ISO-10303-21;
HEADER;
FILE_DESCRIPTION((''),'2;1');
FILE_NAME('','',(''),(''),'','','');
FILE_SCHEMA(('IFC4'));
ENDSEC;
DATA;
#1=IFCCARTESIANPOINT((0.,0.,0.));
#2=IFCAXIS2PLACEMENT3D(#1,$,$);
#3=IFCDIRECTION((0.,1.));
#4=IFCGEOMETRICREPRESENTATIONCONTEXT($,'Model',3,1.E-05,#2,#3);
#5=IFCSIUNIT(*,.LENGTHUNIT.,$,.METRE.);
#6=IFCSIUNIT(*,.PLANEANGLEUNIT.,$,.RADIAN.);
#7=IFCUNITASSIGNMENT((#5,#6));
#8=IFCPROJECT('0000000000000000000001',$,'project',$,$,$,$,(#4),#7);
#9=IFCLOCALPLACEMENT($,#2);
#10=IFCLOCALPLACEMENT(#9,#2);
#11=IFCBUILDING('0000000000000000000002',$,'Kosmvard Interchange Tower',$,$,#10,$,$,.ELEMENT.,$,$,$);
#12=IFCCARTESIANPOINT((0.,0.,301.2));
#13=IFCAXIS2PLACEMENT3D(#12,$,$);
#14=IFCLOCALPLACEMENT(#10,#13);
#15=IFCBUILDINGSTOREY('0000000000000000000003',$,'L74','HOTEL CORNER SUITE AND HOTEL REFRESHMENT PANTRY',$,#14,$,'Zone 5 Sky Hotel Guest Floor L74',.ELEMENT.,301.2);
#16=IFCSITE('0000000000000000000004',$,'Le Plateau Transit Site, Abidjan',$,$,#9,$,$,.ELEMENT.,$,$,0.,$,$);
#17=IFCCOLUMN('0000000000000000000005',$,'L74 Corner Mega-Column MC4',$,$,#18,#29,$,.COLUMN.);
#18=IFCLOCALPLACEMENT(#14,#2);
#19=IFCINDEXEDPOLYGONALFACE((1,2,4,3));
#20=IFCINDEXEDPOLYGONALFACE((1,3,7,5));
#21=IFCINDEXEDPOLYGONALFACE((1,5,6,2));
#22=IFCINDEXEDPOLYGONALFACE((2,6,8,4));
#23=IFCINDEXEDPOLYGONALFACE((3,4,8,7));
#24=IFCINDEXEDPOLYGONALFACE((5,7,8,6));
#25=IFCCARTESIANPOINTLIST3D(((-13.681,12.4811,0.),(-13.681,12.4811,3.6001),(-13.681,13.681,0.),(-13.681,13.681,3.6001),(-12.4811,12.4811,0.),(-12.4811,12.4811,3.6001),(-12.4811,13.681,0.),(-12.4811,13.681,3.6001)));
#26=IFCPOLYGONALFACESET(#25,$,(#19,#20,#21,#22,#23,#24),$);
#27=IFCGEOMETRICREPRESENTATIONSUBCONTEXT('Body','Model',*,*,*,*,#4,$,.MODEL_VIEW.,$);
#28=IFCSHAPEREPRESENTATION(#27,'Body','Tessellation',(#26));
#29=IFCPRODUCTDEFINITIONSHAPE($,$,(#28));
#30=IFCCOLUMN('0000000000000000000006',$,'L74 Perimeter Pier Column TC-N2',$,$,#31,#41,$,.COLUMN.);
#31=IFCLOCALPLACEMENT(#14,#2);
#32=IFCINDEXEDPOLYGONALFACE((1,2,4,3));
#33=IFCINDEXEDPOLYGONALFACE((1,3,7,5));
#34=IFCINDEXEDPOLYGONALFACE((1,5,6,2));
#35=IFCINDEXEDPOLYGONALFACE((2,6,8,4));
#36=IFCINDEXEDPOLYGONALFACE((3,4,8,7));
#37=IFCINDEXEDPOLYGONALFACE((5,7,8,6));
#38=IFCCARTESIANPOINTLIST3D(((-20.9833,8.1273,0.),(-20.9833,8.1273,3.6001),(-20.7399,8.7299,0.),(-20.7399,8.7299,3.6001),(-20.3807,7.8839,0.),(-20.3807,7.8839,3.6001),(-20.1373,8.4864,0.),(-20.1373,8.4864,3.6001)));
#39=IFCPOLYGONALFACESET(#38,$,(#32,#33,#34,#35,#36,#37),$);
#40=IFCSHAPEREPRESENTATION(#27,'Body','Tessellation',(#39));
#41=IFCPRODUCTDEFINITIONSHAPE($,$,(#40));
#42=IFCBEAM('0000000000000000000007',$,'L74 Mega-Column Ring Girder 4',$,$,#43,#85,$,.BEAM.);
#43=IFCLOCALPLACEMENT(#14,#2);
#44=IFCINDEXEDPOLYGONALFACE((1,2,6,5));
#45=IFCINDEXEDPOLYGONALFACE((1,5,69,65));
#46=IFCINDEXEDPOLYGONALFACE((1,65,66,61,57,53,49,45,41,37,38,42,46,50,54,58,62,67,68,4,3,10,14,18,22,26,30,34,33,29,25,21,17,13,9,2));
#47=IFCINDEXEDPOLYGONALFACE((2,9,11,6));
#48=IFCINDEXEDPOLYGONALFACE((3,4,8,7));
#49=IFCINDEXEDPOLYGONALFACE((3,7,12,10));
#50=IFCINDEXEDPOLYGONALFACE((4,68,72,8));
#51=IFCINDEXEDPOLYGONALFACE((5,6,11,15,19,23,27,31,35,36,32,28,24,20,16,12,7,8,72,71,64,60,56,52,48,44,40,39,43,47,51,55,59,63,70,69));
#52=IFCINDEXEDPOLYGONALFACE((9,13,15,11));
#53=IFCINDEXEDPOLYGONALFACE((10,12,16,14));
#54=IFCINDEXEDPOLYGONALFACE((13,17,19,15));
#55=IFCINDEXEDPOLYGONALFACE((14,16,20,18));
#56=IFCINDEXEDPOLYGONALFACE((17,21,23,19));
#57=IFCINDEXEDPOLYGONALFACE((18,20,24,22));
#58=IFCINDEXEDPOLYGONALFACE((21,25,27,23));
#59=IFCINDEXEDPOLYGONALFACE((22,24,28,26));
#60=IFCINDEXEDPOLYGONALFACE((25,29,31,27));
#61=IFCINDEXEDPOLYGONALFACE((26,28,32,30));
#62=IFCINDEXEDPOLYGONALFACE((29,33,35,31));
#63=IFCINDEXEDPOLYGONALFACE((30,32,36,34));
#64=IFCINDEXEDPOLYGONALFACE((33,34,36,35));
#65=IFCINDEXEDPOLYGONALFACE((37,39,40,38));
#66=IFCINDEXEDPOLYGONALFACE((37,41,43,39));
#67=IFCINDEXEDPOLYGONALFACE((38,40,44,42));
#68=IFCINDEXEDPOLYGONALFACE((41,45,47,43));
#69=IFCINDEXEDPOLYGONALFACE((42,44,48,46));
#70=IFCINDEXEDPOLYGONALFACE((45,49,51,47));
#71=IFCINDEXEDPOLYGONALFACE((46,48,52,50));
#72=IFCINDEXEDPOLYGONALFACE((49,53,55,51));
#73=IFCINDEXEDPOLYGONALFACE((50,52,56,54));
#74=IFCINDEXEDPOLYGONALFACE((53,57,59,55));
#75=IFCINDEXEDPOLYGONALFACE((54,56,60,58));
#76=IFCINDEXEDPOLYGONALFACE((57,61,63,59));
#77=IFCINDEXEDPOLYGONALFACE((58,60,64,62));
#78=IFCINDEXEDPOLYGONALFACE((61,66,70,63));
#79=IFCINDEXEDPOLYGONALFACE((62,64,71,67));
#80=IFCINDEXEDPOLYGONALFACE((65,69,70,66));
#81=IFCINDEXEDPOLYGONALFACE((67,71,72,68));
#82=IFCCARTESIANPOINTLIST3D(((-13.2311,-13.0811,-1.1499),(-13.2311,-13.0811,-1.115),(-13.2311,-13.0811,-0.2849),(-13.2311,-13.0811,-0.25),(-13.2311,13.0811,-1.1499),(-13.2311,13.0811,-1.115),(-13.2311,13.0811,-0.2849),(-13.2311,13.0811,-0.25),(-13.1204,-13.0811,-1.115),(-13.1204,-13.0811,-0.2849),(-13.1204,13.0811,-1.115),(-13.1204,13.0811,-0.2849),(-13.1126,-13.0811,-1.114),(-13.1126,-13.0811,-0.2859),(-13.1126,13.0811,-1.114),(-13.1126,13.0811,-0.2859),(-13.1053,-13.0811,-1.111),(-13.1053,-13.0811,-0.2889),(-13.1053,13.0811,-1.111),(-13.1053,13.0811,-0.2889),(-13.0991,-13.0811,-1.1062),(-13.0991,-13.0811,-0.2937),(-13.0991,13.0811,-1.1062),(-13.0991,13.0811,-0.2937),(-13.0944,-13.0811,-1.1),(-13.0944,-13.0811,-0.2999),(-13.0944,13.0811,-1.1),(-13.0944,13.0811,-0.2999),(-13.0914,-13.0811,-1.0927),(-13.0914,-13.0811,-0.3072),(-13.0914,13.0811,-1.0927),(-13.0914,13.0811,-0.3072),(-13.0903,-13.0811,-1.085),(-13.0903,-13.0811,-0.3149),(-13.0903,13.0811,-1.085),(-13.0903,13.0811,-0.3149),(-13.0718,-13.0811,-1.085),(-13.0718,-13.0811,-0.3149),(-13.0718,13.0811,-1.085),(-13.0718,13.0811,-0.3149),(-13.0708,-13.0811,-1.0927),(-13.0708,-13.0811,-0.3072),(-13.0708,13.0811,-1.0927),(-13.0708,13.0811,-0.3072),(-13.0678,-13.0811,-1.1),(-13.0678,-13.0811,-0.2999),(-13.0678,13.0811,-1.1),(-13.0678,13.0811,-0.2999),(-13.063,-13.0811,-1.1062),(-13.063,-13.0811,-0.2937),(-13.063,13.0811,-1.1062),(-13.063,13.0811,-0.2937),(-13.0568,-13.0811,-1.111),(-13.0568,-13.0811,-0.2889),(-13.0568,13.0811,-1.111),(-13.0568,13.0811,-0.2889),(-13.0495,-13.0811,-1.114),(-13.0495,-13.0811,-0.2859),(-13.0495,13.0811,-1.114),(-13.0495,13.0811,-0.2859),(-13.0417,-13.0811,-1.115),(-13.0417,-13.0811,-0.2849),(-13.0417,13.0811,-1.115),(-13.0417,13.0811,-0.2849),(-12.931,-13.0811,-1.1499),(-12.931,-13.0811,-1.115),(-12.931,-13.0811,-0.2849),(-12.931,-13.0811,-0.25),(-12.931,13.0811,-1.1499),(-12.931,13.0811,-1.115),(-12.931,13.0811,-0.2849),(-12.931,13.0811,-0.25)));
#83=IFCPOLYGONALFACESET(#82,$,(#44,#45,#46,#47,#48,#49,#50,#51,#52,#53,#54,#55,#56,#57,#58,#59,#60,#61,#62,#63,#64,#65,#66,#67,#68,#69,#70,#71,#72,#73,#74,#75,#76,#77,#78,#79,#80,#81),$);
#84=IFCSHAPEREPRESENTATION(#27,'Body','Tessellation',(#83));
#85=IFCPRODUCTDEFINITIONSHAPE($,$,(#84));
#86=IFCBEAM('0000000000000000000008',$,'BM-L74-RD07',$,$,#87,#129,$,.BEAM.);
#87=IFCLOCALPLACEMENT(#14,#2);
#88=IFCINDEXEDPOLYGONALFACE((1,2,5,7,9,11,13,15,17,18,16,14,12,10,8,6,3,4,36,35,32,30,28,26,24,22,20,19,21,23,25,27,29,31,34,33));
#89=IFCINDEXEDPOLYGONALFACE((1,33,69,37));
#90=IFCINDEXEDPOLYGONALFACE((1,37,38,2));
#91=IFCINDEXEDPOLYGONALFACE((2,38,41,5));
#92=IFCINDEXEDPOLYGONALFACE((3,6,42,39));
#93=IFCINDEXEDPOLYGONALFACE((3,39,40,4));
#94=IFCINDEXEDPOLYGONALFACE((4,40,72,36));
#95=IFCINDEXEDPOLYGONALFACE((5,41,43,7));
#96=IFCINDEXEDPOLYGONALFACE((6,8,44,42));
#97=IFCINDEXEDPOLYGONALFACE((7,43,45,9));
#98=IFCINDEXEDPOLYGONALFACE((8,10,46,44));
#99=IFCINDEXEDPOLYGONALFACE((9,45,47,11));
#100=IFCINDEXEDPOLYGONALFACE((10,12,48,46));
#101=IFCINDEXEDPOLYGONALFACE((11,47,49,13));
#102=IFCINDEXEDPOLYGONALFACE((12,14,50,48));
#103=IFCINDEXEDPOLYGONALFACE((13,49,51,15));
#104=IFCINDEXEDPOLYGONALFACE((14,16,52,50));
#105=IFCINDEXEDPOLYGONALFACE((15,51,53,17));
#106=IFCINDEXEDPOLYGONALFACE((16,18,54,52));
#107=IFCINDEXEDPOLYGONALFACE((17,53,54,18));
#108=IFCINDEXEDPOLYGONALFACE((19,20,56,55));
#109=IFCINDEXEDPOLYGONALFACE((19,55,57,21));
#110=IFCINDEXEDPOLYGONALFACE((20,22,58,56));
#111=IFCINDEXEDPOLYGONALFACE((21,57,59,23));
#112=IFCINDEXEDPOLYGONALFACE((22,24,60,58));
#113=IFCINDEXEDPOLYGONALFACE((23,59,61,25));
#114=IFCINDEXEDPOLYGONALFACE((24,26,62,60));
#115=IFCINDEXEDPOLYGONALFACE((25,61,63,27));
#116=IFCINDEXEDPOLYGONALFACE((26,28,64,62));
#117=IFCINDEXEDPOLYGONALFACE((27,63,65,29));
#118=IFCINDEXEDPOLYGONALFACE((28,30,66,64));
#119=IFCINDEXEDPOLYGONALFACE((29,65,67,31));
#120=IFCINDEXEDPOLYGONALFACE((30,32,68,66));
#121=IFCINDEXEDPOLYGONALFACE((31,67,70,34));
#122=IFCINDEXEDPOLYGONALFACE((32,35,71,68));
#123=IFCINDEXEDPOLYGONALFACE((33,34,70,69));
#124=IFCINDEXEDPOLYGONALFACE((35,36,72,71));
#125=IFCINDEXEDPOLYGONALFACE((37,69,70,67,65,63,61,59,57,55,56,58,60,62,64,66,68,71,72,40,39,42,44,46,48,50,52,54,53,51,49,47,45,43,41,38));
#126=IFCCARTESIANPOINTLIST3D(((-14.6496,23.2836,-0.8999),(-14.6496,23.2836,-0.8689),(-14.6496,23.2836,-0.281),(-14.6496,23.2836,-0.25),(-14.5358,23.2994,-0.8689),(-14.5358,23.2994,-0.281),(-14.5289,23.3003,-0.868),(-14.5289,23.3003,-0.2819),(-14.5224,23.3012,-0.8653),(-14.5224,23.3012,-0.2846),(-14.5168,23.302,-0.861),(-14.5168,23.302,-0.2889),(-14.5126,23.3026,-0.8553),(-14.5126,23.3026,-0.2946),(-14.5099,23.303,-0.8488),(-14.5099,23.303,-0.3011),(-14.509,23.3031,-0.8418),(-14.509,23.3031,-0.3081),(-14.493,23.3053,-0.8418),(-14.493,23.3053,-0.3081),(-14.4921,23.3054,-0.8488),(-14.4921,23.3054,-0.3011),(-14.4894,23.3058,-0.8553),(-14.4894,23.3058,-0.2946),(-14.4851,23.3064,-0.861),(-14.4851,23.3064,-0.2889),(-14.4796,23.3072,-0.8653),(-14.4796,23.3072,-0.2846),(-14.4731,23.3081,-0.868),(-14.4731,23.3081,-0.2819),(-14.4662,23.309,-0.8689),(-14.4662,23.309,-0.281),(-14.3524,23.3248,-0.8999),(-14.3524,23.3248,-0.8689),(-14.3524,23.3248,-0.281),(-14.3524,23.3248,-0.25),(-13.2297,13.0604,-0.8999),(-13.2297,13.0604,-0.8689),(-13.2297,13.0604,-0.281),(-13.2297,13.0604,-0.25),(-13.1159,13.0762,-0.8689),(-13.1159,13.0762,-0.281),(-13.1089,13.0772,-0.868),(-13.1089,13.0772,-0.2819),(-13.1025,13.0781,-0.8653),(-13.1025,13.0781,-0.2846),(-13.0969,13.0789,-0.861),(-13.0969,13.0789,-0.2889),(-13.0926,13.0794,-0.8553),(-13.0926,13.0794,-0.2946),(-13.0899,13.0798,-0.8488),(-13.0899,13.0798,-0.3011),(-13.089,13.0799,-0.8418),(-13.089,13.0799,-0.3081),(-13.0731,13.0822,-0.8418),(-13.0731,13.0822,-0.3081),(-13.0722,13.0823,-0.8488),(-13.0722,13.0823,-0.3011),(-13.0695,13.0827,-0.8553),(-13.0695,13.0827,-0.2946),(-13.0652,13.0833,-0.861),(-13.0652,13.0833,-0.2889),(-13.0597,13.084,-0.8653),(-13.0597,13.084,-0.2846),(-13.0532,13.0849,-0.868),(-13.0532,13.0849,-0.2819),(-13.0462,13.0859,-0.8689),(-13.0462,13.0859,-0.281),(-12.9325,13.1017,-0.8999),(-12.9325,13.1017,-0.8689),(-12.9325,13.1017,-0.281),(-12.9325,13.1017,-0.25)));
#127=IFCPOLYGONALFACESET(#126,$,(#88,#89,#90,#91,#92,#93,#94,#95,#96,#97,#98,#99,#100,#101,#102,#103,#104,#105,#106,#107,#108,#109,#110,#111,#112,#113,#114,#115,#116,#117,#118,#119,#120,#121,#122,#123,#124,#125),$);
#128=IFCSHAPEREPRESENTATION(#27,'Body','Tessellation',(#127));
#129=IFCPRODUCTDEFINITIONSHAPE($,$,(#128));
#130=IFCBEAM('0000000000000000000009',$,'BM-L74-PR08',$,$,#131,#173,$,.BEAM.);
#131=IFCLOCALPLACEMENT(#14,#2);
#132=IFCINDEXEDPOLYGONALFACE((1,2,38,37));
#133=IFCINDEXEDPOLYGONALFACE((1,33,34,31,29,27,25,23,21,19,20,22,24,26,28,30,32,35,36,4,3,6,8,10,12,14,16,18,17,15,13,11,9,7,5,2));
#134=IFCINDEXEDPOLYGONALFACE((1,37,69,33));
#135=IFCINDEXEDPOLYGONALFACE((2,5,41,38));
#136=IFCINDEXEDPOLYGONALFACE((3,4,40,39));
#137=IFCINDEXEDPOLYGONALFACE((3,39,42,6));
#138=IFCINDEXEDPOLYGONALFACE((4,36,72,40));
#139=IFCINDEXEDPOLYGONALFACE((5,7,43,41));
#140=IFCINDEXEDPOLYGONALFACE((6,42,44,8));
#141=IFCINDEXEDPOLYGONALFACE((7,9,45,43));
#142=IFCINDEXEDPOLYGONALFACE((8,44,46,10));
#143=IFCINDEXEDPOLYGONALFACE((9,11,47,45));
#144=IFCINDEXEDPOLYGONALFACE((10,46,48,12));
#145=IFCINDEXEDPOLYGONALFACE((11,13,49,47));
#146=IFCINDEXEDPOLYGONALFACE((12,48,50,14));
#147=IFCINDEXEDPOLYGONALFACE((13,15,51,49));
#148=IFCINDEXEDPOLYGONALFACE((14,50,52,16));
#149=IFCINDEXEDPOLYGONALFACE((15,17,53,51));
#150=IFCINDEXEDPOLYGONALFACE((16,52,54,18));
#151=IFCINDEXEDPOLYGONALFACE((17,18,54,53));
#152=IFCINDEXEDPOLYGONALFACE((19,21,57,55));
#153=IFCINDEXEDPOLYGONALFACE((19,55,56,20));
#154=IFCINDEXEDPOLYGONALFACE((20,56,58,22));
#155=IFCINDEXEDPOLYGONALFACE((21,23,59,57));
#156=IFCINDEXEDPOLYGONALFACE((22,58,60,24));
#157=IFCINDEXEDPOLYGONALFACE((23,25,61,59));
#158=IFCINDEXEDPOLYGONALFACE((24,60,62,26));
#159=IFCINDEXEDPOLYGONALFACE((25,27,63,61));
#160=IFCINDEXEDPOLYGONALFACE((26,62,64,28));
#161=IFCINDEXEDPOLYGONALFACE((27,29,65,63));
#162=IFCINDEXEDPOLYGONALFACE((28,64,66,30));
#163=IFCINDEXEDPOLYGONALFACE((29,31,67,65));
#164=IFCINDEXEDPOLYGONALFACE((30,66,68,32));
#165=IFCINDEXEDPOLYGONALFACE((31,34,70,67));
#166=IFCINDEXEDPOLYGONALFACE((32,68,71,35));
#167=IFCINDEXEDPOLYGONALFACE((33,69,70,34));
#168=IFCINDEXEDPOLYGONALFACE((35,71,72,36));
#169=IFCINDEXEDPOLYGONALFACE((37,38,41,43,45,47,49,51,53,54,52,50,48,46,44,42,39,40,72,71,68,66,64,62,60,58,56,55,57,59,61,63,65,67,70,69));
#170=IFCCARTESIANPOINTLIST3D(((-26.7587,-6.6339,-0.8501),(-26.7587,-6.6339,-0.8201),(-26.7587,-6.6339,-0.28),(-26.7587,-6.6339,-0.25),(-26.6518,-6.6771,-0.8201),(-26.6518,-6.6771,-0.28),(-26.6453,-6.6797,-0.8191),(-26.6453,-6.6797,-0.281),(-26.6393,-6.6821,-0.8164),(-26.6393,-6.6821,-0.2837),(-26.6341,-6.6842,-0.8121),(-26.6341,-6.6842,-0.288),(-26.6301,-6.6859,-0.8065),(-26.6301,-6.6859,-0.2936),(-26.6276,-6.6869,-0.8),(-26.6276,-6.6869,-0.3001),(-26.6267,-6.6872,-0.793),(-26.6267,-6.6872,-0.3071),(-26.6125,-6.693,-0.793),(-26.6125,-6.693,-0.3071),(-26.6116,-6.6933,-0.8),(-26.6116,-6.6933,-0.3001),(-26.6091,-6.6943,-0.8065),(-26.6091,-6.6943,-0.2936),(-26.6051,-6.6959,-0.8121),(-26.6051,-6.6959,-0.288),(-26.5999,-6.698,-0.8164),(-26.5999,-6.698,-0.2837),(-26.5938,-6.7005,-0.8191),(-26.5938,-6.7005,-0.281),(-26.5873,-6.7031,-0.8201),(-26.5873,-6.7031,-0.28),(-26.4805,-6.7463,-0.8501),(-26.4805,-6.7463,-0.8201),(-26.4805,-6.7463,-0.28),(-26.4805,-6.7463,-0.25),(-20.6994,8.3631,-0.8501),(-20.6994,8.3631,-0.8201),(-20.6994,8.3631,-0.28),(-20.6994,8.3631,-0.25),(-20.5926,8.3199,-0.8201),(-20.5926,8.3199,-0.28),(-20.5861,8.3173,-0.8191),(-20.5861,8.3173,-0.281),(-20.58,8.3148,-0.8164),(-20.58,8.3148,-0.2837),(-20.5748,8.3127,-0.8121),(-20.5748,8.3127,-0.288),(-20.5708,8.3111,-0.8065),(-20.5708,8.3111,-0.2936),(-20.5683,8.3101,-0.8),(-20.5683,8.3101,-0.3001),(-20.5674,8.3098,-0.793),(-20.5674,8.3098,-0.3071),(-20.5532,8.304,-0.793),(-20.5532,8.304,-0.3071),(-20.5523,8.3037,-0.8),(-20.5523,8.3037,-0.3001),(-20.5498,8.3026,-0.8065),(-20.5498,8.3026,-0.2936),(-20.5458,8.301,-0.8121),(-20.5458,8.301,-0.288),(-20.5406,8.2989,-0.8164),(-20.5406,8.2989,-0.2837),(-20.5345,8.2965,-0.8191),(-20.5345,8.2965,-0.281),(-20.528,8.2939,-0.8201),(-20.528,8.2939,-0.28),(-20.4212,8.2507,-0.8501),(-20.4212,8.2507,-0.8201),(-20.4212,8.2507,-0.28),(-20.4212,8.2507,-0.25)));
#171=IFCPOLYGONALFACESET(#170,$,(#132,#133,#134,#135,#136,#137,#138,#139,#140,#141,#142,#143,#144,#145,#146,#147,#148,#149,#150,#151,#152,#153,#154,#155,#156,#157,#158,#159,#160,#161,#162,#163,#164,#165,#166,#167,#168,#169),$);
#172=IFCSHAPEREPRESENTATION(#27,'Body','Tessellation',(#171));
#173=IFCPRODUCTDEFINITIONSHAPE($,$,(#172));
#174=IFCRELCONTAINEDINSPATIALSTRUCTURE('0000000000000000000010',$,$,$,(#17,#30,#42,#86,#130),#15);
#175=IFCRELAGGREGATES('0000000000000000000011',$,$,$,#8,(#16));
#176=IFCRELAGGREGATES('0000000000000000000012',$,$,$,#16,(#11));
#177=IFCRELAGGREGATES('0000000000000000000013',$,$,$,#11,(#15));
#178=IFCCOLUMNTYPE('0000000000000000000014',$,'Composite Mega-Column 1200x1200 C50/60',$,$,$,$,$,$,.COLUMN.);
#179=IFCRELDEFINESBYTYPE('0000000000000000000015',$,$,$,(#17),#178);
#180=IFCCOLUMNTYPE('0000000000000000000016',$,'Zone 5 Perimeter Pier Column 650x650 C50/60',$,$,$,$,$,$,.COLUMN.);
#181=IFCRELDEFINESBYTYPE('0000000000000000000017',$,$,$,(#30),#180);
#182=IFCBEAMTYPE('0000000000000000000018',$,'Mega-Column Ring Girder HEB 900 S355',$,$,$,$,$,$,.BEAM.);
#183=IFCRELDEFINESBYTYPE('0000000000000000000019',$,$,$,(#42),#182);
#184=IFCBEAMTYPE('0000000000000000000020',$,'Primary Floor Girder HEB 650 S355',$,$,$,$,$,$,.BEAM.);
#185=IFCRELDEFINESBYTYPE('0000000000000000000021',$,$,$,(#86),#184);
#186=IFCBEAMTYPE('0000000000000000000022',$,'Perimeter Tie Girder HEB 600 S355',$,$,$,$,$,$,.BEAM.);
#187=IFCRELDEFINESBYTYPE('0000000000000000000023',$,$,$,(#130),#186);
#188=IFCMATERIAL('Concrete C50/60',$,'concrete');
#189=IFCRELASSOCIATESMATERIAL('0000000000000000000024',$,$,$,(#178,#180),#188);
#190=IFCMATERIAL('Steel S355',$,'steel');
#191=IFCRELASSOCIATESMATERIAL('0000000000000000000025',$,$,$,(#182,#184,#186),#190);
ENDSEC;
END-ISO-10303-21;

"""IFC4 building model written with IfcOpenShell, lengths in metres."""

from ifc_helpers import new_model, si_unit, direction, frame, origin, origin_2d, place, context, subcontext, project, spatial, rectangle, i_section, extrude, source, transform, mapped, material, material_profile, profile_set, type_object, element, save


model = new_model("IFC4")

# Units and contexts
model_context = context("Model", 3, precision=1e-05, world=origin(), true_north=direction((0.0, 1.0)))
body_context = subcontext(model_context, "Body", "Model", "MODEL_VIEW")
ifc_project = project(units=[si_unit("LENGTHUNIT", "METRE"), si_unit("PLANEANGLEUNIT", "RADIAN")], contexts=[model_context])

# Site, building, storey
site_placement = place(None, origin())
site = spatial("IfcSite", under=ifc_project, at=site_placement, Name="Le Plateau Transit Site, Abidjan", CompositionType="ELEMENT", RefElevation=0.0)
building_placement = place(site_placement, origin())
building = spatial("IfcBuilding", under=site, at=building_placement, Name="Kosmvard Interchange Tower", CompositionType="ELEMENT")
storey_placement = place(building_placement, frame((0.0, 0.0, 301.2)))
storey = spatial("IfcBuildingStorey", under=building, at=storey_placement, Name="L74", Description="HOTEL CORNER SUITE AND HOTEL REFRESHMENT PANTRY", LongName="Zone 5 Sky Hotel Guest Floor L74", CompositionType="ELEMENT", Elevation=301.2)

# Columns
ifc_material_1 = material(Name="Concrete C50/60", Category="concrete")
ifc_material_profile_1 = material_profile(ifc_material_1, rectangle(XDim=1.2, YDim=1.2, at=origin_2d()), Name="MC 1200x1200")
ifc_profile_set_1 = profile_set([ifc_material_profile_1], Name="Concrete C50/60")
column_type_1 = type_object("IfcColumnType", Name="Composite Mega-Column 1200x1200 C50/60", PredefinedType="COLUMN", material=ifc_profile_set_1)
shared_shape_1 = source(origin(), body_context, "Body", "SweptSolid", [
    extrude(rectangle(XDim=1.2, YDim=1.2, at=origin_2d()), origin(), (0.0, 0.0, 1.0), 3.6001),
])
column_1_placement = place(storey_placement, frame((-13.0811, 13.0811, 0.0), z_axis=(0.0, 0.0, 1.0), x_axis=(1.0, 0.0, 0.0)))
element("IfcColumn", 1, at=column_1_placement, inside=storey, type_object=column_type_1, Name="L74 Corner Mega-Column MC4", PredefinedType="COLUMN", context=body_context, shape_type="MappedRepresentation", body=[
    mapped(shared_shape_1, transform((0.0, 0.0, 0.0), scale=1.0)),
])
ifc_material_profile_2 = material_profile(ifc_material_1, rectangle(XDim=0.6499, YDim=0.6499, at=origin_2d()), Name="TC 650x650")
ifc_profile_set_2 = profile_set([ifc_material_profile_2], Name="Concrete C50/60")
column_type_2 = type_object("IfcColumnType", Name="Zone 5 Perimeter Pier Column 650x650 C50/60", PredefinedType="COLUMN", material=ifc_profile_set_2)
shared_shape_2 = source(origin(), body_context, "Body", "SweptSolid", [
    extrude(rectangle(XDim=0.6499, YDim=0.6499, at=origin_2d()), origin(), (0.0, 0.0, 1.0), 3.6001),
])
column_2_placement = place(storey_placement, frame((-20.5603, 8.3069, 0.0), z_axis=(0.0, 0.0, 1.0), x_axis=(0.374607, 0.927184, 0.0)))
element("IfcColumn", 2, at=column_2_placement, inside=storey, type_object=column_type_2, Name="L74 Perimeter Pier Column TC-N2", PredefinedType="COLUMN", context=body_context, shape_type="MappedRepresentation", body=[
    mapped(shared_shape_2, transform((0.0, 0.0, 0.0), scale=1.0)),
])

# Beams
ifc_material_2 = material(Name="Steel S355", Category="steel")
ifc_material_profile_3 = material_profile(ifc_material_2, i_section(OverallWidth=0.3, OverallDepth=0.8999, WebThickness=0.0186, FlangeThickness=0.0349, FilletRadius=0.03, at=origin_2d()), Name="HEB 900")
ifc_profile_set_3 = profile_set([ifc_material_profile_3], Name="Steel S355")
beam_type_1 = type_object("IfcBeamType", Name="Mega-Column Ring Girder HEB 900 S355", PredefinedType="BEAM", material=ifc_profile_set_3)
shared_shape_3 = source(origin(), body_context, "Body", "SweptSolid", [
    extrude(i_section(OverallWidth=0.3, OverallDepth=0.8999, WebThickness=0.0186, FlangeThickness=0.0349, FilletRadius=0.03, at=origin_2d()), origin(), (0.0, 0.0, 1.0), 26.1621),
])
beam_1_placement = place(storey_placement, frame((-13.0811, 13.0811, -0.7), z_axis=(0.0, -1.0, 0.0), x_axis=(1.0, 0.0, 0.0)))
element("IfcBeam", 3, at=beam_1_placement, inside=storey, type_object=beam_type_1, Name="L74 Mega-Column Ring Girder 4", PredefinedType="BEAM", context=body_context, shape_type="MappedRepresentation", body=[
    mapped(shared_shape_3, transform((0.0, 0.0, 0.0), scale=1.0)),
])
ifc_material_profile_4 = material_profile(ifc_material_2, i_section(OverallWidth=0.3, OverallDepth=0.6499, WebThickness=0.0161, FlangeThickness=0.031, FilletRadius=0.0271, at=origin_2d()), Name="HEB 650")
ifc_profile_set_4 = profile_set([ifc_material_profile_4], Name="Steel S355")
beam_type_2 = type_object("IfcBeamType", Name="Primary Floor Girder HEB 650 S355", PredefinedType="BEAM", material=ifc_profile_set_4)
shared_shape_4 = source(origin(), body_context, "Body", "SweptSolid", [
    extrude(i_section(OverallWidth=0.3, OverallDepth=0.6499, WebThickness=0.0161, FlangeThickness=0.031, FilletRadius=0.0271, at=origin_2d()), origin(), (0.0, 0.0, 1.0), 10.3213),
])
beam_2_placement = place(storey_placement, frame((-13.0811, 13.0811, -0.575), z_axis=(-0.137572, 0.990492, 0.0), x_axis=(-0.990492, -0.137572, 0.0)))
element("IfcBeam", 4, at=beam_2_placement, inside=storey, type_object=beam_type_2, Name="BM-L74-RD07", PredefinedType="BEAM", context=body_context, shape_type="MappedRepresentation", body=[
    mapped(shared_shape_4, transform((0.0, 0.0, 0.0), scale=1.0)),
])
ifc_material_profile_5 = material_profile(ifc_material_2, i_section(OverallWidth=0.3, OverallDepth=0.6001, WebThickness=0.0154, FlangeThickness=0.03, FilletRadius=0.0271, at=origin_2d()), Name="HEB 600")
ifc_profile_set_5 = profile_set([ifc_material_profile_5], Name="Steel S355")
beam_type_3 = type_object("IfcBeamType", Name="Perimeter Tie Girder HEB 600 S355", PredefinedType="BEAM", material=ifc_profile_set_5)
shared_shape_5 = source(origin(), body_context, "Body", "SweptSolid", [
    extrude(i_section(OverallWidth=0.3, OverallDepth=0.6001, WebThickness=0.0154, FlangeThickness=0.03, FilletRadius=0.0271, at=origin_2d()), origin(), (0.0, 0.0, 1.0), 16.1748),
])
beam_3_placement = place(storey_placement, frame((-20.5603, 8.3069, -0.55), z_axis=(-0.374613, -0.927181, 0.0), x_axis=(0.927181, -0.374613, 0.0)))
element("IfcBeam", 5, at=beam_3_placement, inside=storey, type_object=beam_type_3, Name="BM-L74-PR08", PredefinedType="BEAM", context=body_context, shape_type="MappedRepresentation", body=[
    mapped(shared_shape_5, transform((0.0, 0.0, 0.0), scale=1.0)),
])

save(model, "model.ifc")
